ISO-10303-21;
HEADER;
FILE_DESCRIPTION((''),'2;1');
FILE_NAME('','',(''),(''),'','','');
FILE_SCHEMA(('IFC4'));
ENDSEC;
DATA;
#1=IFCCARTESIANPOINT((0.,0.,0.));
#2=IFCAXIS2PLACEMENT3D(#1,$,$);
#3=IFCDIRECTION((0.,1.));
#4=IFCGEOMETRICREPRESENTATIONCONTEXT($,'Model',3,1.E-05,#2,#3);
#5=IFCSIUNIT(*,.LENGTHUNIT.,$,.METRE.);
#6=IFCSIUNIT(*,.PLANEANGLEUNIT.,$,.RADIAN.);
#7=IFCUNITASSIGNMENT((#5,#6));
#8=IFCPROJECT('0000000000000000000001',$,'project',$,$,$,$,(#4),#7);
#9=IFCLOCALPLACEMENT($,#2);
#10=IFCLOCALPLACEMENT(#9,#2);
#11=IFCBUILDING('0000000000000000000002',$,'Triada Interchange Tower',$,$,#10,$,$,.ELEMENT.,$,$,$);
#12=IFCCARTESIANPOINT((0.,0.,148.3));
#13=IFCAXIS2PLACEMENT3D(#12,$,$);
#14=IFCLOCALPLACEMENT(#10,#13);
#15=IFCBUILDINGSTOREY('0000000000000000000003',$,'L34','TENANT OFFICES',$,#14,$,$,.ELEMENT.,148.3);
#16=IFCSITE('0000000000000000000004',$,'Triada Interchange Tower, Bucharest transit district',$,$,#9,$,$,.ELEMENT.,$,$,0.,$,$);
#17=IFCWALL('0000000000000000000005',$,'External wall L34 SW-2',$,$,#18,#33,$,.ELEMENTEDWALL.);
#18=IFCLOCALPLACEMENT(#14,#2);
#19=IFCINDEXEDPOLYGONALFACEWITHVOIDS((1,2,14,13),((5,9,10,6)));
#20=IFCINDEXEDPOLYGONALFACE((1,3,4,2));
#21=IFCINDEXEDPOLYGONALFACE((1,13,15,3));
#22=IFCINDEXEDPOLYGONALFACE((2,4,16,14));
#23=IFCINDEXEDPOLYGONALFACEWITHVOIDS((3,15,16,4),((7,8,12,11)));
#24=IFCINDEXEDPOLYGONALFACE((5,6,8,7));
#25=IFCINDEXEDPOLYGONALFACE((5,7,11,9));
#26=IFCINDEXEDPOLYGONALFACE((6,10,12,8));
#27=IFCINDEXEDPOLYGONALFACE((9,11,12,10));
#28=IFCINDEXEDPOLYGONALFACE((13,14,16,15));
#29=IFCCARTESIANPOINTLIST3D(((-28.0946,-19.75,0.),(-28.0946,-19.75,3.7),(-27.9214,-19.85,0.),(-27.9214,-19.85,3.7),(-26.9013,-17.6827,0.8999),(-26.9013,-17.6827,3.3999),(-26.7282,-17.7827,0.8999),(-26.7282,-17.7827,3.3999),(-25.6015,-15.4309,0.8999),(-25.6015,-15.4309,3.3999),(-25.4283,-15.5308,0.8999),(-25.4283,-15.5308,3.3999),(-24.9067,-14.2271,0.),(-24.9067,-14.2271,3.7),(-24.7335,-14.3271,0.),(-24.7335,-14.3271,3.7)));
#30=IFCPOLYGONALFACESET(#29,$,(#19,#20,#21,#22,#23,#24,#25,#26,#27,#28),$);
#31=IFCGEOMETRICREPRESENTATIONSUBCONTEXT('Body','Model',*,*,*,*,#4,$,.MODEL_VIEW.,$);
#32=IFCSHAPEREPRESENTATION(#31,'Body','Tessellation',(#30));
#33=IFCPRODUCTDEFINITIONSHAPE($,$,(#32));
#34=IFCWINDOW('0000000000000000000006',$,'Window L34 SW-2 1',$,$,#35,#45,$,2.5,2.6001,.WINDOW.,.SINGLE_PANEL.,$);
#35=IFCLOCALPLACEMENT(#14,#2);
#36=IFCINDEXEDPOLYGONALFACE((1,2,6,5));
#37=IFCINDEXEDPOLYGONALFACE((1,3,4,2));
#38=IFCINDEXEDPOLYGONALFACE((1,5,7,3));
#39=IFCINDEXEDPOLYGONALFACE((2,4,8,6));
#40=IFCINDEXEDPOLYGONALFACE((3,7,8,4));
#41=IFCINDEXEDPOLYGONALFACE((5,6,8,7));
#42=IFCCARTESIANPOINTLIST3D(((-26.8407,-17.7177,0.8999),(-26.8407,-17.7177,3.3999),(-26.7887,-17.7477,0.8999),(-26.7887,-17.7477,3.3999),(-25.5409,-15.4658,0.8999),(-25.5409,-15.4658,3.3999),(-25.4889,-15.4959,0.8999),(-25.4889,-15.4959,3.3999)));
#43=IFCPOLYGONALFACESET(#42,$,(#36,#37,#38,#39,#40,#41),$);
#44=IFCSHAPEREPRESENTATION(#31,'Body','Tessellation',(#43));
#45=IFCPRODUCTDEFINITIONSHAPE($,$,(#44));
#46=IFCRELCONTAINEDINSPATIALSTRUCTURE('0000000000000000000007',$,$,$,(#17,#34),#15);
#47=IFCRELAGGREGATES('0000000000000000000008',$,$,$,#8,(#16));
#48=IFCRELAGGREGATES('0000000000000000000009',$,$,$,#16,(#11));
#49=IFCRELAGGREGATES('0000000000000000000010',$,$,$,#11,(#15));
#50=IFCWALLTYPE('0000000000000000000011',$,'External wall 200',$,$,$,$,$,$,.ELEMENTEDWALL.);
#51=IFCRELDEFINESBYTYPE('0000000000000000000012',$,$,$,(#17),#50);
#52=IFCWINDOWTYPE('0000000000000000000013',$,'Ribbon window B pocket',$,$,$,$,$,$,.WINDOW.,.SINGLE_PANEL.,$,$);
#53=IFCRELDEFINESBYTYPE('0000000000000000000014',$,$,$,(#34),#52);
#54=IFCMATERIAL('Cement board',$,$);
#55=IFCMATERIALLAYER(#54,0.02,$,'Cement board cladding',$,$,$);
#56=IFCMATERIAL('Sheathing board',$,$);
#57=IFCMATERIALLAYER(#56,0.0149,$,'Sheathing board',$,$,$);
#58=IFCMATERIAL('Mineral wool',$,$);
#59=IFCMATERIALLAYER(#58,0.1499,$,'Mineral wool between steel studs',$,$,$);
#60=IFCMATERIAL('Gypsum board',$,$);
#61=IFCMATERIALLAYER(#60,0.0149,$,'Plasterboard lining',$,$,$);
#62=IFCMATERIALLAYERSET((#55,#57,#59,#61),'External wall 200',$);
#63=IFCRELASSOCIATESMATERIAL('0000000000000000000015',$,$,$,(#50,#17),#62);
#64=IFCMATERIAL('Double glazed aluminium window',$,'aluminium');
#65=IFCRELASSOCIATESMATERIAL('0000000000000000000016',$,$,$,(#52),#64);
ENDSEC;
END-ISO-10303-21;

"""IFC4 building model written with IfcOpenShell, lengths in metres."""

from ifc_helpers import new_model, si_unit, direction, frame, frame_2d, origin, place, context, subcontext, project, spatial, rectangle, extrude, material, layer, layer_set, layer_usage, type_object, element, fill, save


model = new_model("IFC4")

# Units and contexts
model_context = context("Model", 3, precision=1e-05, world=origin(), true_north=direction((0.0, 1.0)))
body_context = subcontext(model_context, "Body", "Model", "MODEL_VIEW")
ifc_project = project(units=[si_unit("LENGTHUNIT", "METRE"), si_unit("PLANEANGLEUNIT", "RADIAN")], contexts=[model_context])

# Site, building, storey
site_placement = place(None, origin())
site = spatial("IfcSite", under=ifc_project, at=site_placement, Name="Triada Interchange Tower, Bucharest transit district", CompositionType="ELEMENT", RefElevation=0.0)
building_placement = place(site_placement, origin())
building = spatial("IfcBuilding", under=site, at=building_placement, Name="Triada Interchange Tower", CompositionType="ELEMENT")
storey_placement = place(building_placement, frame((0.0, 0.0, 148.3)))
storey = spatial("IfcBuildingStorey", under=building, at=storey_placement, Name="L34", Description="TENANT OFFICES", CompositionType="ELEMENT", Elevation=148.3)

# Wall, opening, window
ifc_material_1 = material(Name="Cement board")
ifc_layer_1 = layer(ifc_material_1, 0.02, Name="Cement board cladding")
ifc_material_2 = material(Name="Sheathing board")
ifc_layer_2 = layer(ifc_material_2, 0.0149, Name="Sheathing board")
ifc_material_3 = material(Name="Mineral wool")
ifc_layer_3 = layer(ifc_material_3, 0.1499, Name="Mineral wool between steel studs")
ifc_material_4 = material(Name="Gypsum board")
ifc_layer_4 = layer(ifc_material_4, 0.0149, Name="Plasterboard lining")
ifc_layer_set_1 = layer_set([ifc_layer_1, ifc_layer_2, ifc_layer_3, ifc_layer_4], Name="External wall 200")
ifc_layer_usage = layer_usage(ifc_layer_set_1, "AXIS2", "POSITIVE", -0.1001)
wall_type_1 = type_object("IfcWallType", Name="External wall 200", PredefinedType="ELEMENTEDWALL", material=ifc_layer_set_1)
ifc_material_5 = material(Name="Double glazed aluminium window", Category="aluminium")
window_type_1 = type_object("IfcWindowType", Name="Ribbon window B pocket", PartitioningType="SINGLE_PANEL", PredefinedType="WINDOW", material=ifc_material_5)
wall_1_placement = place(storey_placement, frame((-24.8201, -14.2771, 0.0), z_axis=(0.0, 0.0, 1.0), x_axis=(-0.499919, -0.866072, 0.0)))
wall_1 = element("IfcWall", 1, at=wall_1_placement, inside=storey, type_object=wall_type_1, material=ifc_layer_usage, Name="External wall L34 SW-2", PredefinedType="ELEMENTEDWALL", context=body_context, shape_type="SweptSolid", body=[
    extrude(rectangle(XDim=6.377, YDim=0.2, at=frame_2d((3.1885, 0.0))), origin(), (0.0, 0.0, 1.0), 3.7),
])
opening_1_placement = place(wall_1_placement, frame((1.3899, 0.0, 0.8999)))
opening_1 = element("IfcOpeningElement", 2, at=opening_1_placement, cuts=wall_1, PredefinedType="OPENING", context=body_context, shape_type="SweptSolid", body=[
    extrude(rectangle(XDim=2.6001, YDim=2.5, at=frame_2d((1.3, 1.25))), frame((0.0, 0.1099, 0.0), z_axis=(0.0, -1.0, 0.0), x_axis=(1.0, 0.0, 0.0)), (0.0, 0.0, 1.0), 0.22),
])
window_1_placement = place(opening_1_placement, origin())
window_1 = element("IfcWindow", 3, at=window_1_placement, inside=storey, type_object=window_type_1, Name="Window L34 SW-2 1", OverallHeight=2.5, OverallWidth=2.6001, PartitioningType="SINGLE_PANEL", PredefinedType="WINDOW", context=body_context, shape_type="SweptSolid", body=[
    extrude(rectangle(XDim=2.6001, YDim=2.5, at=frame_2d((1.3, 1.25))), frame((0.0, 0.03, 0.0), z_axis=(0.0, -1.0, 0.0), x_axis=(1.0, 0.0, 0.0)), (0.0, 0.0, 1.0), 0.0601),
])
fill(opening_1, window_1)

save(model, "model.ifc")
